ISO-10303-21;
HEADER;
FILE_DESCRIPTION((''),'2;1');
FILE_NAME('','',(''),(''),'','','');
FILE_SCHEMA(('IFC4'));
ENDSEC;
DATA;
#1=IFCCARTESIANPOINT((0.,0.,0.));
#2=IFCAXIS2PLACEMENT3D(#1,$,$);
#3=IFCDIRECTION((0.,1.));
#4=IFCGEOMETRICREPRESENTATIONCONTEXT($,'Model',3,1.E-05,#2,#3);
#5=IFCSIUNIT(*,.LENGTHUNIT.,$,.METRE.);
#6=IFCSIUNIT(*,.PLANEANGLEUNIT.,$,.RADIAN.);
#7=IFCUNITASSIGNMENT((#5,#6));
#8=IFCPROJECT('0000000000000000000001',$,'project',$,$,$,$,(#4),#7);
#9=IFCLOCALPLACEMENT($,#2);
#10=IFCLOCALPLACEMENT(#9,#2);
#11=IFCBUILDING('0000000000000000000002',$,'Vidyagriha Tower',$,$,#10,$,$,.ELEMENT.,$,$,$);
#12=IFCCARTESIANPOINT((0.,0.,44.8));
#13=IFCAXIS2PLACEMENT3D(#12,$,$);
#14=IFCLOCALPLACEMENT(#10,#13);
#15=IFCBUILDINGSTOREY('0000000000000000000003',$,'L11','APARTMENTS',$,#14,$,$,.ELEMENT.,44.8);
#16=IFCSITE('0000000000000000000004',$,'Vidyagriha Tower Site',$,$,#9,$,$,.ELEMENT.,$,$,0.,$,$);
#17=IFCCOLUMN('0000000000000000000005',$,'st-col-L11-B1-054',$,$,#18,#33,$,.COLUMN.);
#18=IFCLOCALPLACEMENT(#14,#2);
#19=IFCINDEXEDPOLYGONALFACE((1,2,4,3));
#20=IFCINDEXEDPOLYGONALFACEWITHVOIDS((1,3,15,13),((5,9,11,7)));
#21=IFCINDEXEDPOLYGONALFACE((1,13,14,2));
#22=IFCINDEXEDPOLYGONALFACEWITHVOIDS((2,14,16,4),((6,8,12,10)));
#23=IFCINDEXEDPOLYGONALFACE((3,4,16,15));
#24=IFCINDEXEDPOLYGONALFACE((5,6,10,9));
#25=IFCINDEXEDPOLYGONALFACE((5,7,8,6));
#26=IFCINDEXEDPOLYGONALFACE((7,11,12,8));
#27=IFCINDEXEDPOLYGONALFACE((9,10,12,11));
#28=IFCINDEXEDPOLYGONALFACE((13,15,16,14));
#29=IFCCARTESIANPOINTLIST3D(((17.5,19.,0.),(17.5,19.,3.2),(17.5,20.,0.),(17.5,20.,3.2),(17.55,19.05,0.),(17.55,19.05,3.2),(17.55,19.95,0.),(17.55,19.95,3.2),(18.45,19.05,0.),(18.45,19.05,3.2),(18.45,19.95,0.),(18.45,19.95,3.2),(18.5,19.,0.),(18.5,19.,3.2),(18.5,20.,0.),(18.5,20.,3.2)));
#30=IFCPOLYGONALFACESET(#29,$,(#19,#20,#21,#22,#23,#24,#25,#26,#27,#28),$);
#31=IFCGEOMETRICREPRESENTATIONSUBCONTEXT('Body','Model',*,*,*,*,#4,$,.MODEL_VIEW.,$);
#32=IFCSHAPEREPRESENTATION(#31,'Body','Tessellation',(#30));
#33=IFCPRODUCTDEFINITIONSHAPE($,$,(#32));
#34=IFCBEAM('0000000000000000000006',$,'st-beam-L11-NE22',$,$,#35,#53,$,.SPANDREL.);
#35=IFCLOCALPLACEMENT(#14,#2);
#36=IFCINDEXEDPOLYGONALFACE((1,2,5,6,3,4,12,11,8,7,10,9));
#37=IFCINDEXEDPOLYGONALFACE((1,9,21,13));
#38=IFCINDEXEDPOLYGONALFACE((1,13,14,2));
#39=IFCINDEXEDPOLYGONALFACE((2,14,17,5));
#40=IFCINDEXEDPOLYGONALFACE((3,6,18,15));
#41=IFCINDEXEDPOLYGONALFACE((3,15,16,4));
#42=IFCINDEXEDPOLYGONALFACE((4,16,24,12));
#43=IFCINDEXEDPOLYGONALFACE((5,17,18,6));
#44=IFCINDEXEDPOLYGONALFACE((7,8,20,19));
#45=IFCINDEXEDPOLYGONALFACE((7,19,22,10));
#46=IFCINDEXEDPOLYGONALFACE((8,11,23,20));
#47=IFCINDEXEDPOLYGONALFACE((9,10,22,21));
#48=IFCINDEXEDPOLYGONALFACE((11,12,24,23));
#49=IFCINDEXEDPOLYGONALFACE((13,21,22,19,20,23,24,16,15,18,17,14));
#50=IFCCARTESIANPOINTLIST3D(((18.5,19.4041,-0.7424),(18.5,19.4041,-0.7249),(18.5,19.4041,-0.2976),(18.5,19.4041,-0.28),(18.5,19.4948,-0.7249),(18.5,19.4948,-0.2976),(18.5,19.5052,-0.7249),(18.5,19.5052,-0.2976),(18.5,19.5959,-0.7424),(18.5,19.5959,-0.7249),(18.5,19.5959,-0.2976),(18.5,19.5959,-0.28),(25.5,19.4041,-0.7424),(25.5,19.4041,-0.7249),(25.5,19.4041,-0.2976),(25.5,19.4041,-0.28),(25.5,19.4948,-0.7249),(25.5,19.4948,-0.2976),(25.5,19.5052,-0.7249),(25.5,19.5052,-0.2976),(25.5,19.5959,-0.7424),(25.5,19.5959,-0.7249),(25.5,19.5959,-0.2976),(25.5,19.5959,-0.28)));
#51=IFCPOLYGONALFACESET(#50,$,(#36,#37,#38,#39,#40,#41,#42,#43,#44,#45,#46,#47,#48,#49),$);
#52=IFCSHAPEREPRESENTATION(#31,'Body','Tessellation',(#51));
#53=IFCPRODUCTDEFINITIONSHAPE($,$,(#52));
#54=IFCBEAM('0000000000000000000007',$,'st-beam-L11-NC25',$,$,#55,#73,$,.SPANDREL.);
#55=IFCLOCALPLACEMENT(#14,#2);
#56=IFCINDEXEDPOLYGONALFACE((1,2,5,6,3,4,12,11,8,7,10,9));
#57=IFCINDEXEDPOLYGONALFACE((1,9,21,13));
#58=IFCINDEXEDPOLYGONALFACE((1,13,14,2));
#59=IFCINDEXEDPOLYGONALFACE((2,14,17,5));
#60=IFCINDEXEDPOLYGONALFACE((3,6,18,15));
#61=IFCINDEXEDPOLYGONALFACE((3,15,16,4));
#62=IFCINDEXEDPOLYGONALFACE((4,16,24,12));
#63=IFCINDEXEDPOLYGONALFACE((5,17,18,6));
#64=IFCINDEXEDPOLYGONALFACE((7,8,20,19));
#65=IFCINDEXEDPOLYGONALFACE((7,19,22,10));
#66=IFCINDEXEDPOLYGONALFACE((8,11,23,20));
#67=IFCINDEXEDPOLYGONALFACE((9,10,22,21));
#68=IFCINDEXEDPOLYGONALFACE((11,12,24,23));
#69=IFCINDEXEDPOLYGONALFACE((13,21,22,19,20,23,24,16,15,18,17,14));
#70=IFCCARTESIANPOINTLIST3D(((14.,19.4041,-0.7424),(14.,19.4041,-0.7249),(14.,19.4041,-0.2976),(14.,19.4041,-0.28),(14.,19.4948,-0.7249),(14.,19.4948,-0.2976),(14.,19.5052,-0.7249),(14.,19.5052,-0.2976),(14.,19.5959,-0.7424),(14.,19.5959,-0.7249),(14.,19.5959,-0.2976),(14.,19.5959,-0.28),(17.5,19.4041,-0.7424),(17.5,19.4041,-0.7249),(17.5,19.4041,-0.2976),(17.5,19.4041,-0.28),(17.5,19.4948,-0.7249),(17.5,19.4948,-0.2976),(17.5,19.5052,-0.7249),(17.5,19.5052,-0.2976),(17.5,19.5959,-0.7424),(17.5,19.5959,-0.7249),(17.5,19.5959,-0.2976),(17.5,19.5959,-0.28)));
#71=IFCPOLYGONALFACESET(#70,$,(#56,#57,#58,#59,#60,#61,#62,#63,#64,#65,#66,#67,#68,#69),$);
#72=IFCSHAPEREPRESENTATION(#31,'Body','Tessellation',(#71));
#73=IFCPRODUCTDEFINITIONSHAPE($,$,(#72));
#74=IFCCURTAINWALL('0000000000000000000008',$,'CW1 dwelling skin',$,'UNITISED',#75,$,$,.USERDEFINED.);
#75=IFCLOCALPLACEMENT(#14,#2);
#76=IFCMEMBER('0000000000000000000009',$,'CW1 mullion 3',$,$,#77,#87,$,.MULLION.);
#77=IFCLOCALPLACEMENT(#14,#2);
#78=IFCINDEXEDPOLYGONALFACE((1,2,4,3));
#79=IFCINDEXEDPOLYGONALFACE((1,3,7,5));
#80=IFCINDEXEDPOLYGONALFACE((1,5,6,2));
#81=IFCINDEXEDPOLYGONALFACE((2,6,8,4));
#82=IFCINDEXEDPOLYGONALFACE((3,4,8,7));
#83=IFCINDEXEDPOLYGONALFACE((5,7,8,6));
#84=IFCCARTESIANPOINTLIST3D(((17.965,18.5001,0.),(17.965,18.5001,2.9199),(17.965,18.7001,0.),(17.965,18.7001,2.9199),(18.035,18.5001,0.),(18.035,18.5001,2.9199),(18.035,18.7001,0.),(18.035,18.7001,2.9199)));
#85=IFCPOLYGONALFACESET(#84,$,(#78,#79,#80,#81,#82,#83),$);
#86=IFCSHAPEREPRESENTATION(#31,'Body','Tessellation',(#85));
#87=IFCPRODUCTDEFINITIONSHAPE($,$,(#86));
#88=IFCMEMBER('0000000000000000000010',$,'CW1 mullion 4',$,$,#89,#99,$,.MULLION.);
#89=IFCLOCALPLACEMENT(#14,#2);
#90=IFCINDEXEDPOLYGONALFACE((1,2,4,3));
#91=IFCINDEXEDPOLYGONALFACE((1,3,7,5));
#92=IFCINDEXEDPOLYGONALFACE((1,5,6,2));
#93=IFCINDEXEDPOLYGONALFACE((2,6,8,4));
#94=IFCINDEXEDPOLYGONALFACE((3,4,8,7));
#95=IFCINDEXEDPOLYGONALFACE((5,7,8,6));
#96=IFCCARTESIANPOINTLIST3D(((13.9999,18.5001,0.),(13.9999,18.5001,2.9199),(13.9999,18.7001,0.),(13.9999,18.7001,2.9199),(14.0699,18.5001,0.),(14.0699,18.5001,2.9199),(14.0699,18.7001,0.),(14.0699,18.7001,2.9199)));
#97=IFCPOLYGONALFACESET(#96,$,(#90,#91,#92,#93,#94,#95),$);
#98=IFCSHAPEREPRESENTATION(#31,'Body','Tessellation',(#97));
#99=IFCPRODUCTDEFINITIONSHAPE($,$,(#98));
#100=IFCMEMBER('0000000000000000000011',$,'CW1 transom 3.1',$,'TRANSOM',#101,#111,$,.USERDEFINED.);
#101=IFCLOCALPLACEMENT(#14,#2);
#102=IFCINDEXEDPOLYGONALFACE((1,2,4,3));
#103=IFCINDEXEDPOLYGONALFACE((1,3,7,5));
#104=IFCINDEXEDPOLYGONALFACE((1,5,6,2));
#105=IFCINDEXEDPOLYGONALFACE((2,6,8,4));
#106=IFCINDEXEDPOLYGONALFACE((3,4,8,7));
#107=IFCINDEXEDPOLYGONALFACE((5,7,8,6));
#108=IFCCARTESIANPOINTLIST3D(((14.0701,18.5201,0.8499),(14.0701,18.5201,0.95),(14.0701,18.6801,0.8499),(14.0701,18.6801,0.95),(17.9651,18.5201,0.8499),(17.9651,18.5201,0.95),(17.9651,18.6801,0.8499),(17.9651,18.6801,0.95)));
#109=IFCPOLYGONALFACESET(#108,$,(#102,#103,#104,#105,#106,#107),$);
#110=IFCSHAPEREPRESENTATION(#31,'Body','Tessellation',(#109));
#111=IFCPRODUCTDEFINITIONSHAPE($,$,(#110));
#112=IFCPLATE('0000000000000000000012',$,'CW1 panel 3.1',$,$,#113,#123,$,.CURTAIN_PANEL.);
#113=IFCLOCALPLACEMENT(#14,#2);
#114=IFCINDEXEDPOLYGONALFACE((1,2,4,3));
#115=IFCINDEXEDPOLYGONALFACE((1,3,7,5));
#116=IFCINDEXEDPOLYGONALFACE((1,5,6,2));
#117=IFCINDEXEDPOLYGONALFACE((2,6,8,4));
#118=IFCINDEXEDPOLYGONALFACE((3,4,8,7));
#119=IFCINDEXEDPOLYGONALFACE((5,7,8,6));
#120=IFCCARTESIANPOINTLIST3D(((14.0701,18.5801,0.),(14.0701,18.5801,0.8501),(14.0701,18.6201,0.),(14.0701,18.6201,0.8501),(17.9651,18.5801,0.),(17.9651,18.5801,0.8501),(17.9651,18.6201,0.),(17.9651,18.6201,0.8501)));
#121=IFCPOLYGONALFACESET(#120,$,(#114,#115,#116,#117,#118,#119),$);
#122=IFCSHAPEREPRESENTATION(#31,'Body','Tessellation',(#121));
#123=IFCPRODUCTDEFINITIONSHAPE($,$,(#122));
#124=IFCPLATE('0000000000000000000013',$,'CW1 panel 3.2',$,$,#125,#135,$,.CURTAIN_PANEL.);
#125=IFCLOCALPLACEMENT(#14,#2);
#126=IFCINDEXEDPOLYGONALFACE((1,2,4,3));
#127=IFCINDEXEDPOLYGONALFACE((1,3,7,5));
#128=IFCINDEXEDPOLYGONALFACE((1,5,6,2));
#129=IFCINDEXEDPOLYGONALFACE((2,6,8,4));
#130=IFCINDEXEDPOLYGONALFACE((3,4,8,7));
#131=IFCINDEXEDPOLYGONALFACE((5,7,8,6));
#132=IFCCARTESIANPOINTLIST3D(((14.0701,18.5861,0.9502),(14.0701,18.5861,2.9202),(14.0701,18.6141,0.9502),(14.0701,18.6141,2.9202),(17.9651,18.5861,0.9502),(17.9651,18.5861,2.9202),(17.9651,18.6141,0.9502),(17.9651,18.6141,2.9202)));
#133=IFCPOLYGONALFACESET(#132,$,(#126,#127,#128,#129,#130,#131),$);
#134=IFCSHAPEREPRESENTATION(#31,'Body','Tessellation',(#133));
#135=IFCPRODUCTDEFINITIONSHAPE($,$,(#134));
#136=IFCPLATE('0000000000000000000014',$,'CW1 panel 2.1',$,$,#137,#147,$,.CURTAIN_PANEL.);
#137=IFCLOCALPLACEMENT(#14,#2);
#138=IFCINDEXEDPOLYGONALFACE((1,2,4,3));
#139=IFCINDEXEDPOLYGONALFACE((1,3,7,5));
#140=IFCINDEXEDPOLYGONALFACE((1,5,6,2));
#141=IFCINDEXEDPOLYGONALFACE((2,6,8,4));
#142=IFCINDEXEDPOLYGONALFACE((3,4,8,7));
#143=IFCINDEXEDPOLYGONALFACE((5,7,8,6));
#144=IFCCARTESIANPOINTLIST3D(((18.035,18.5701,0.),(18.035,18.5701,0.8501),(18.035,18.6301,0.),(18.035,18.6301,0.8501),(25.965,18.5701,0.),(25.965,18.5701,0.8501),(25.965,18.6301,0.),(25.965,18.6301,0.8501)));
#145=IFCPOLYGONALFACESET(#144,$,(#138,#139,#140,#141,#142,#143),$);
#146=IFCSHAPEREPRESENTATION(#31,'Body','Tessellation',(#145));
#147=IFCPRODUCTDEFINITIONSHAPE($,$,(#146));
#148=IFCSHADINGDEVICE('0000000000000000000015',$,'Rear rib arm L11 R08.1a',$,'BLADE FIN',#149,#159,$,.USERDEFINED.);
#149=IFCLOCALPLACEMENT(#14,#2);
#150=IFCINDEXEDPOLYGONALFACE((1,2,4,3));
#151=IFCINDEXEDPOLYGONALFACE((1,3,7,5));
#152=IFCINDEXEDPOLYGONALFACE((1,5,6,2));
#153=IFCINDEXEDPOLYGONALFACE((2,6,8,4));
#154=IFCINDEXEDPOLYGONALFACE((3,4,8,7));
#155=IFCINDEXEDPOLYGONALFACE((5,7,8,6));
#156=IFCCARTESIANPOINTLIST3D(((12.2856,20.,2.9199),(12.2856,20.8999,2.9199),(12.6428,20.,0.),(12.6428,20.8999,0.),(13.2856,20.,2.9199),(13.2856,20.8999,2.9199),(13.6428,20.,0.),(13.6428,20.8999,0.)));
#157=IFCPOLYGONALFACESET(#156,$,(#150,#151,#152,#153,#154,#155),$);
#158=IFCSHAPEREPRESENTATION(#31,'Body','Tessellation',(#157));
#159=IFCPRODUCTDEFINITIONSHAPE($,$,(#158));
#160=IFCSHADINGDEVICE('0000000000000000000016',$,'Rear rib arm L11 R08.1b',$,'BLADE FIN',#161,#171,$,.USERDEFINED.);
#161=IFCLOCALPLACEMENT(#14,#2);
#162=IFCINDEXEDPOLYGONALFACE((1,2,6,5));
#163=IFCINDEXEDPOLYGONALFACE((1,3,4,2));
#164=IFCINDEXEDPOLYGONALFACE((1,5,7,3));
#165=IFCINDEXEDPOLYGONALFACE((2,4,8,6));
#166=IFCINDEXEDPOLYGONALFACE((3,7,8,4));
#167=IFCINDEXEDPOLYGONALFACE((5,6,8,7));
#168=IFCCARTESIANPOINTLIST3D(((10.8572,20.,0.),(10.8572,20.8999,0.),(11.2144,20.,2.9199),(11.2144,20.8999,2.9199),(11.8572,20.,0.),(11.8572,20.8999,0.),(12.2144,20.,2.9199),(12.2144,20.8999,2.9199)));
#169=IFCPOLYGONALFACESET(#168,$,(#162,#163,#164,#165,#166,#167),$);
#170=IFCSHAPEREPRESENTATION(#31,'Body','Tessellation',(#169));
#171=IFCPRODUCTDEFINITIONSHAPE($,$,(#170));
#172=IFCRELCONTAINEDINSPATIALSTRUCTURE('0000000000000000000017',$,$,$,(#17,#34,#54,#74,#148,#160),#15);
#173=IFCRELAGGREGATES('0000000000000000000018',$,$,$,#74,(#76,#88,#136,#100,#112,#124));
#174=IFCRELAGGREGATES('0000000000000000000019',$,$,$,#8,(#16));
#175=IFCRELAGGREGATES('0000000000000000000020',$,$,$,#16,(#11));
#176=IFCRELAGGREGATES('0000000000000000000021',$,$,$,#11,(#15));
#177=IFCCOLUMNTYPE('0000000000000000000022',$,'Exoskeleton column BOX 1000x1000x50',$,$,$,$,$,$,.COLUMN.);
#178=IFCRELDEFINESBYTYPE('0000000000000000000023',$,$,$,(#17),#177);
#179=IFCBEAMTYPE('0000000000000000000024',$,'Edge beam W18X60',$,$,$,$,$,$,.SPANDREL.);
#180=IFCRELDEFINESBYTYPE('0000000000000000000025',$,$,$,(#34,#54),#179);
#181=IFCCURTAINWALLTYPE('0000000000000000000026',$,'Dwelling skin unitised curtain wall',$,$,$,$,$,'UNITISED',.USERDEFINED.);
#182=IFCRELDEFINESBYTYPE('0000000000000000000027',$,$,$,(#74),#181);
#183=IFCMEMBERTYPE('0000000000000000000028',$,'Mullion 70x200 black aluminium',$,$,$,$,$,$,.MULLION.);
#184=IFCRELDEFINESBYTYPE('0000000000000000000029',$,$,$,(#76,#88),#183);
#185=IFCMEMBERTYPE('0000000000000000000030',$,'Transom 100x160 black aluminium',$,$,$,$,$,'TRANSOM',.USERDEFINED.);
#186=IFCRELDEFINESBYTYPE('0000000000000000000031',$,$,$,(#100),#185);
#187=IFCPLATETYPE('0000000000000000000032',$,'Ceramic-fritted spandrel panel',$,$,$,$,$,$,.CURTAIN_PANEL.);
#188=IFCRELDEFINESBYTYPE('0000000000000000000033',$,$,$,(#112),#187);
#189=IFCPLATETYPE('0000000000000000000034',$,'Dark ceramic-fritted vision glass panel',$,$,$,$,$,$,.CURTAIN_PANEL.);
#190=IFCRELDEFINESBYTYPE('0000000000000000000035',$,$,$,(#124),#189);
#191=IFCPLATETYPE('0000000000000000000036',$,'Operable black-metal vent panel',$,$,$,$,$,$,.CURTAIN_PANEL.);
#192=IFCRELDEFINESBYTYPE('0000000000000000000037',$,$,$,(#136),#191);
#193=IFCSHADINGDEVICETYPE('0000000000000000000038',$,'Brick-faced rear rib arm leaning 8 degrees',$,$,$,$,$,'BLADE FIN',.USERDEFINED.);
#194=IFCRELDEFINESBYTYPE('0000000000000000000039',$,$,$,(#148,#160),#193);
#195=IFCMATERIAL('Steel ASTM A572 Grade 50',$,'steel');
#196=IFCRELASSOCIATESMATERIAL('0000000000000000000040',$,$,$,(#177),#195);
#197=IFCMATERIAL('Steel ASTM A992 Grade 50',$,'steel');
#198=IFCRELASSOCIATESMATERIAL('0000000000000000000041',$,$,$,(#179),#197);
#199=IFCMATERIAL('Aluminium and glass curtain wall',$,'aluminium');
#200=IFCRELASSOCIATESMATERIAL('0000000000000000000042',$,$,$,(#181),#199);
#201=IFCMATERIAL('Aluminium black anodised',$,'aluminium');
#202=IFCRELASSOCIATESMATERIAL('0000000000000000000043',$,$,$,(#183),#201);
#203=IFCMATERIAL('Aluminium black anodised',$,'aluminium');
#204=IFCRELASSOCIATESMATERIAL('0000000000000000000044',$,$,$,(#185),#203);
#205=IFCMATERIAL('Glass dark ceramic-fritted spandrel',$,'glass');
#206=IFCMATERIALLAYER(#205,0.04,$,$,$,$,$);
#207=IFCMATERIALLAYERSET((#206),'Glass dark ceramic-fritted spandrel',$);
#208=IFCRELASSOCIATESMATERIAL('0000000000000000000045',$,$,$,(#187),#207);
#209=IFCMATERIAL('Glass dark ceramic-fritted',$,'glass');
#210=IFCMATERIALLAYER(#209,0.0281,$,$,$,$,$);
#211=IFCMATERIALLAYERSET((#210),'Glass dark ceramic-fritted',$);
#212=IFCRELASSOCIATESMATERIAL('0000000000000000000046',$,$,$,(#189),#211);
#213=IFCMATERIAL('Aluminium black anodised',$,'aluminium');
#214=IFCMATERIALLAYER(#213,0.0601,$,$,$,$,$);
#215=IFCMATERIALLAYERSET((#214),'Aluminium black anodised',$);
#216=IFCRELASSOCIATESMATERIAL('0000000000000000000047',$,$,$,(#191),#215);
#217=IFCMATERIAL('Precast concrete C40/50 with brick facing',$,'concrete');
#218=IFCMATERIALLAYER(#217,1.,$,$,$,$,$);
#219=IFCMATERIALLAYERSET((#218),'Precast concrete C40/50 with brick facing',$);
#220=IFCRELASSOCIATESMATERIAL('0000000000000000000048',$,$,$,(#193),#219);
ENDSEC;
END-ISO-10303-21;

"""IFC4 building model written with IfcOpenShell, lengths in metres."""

from ifc_helpers import new_model, si_unit, direction, frame, origin, origin_2d, place, context, subcontext, project, spatial, polyline, rectangle, hollow_rectangle, i_section, outline, extrude, material, layer, layer_set, material_profile, profile_set, type_object, element, aggregate, save


model = new_model("IFC4")

# Units and contexts
model_context = context("Model", 3, precision=1e-05, world=origin(), true_north=direction((0.0, 1.0)))
body_context = subcontext(model_context, "Body", "Model", "MODEL_VIEW")
ifc_project = project(units=[si_unit("LENGTHUNIT", "METRE"), si_unit("PLANEANGLEUNIT", "RADIAN")], contexts=[model_context])

# Site, building, storey
site_placement = place(None, origin())
site = spatial("IfcSite", under=ifc_project, at=site_placement, Name="Vidyagriha Tower Site", CompositionType="ELEMENT", RefElevation=0.0)
building_placement = place(site_placement, origin())
building = spatial("IfcBuilding", under=site, at=building_placement, Name="Vidyagriha Tower", CompositionType="ELEMENT")
storey_placement = place(building_placement, frame((0.0, 0.0, 44.8)))
storey = spatial("IfcBuildingStorey", under=building, at=storey_placement, Name="L11", Description="APARTMENTS", CompositionType="ELEMENT", Elevation=44.8)

# Column
ifc_material_1 = material(Name="Steel ASTM A572 Grade 50", Category="steel")
ifc_material_profile_1 = material_profile(ifc_material_1, hollow_rectangle(XDim=1.0, YDim=1.0, WallThickness=0.05, at=origin_2d()), Name="BOX 1000x1000x50")
ifc_profile_set_1 = profile_set([ifc_material_profile_1], Name="Steel ASTM A572 Grade 50")
column_type = type_object("IfcColumnType", Name="Exoskeleton column BOX 1000x1000x50", PredefinedType="COLUMN", material=ifc_profile_set_1)
column_placement = place(storey_placement, frame((18.0, 19.5, 0.0)))
element("IfcColumn", 1, at=column_placement, inside=storey, type_object=column_type, Name="st-col-L11-B1-054", PredefinedType="COLUMN", context=body_context, shape_type="SweptSolid", body=[
    extrude(hollow_rectangle(XDim=1.0, YDim=1.0, WallThickness=0.05, at=origin_2d()), origin(), (0.0, 0.0, 1.0), 3.2),
])

# Beams
ifc_material_2 = material(Name="Steel ASTM A992 Grade 50", Category="steel")
ifc_material_profile_2 = material_profile(ifc_material_2, i_section(OverallWidth=0.1919, OverallDepth=0.4624, WebThickness=0.0105, FlangeThickness=0.0176, at=origin_2d()), Name="W18X60")
ifc_profile_set_2 = profile_set([ifc_material_profile_2], Name="Steel ASTM A992 Grade 50")
beam_type = type_object("IfcBeamType", Name="Edge beam W18X60", PredefinedType="SPANDREL", material=ifc_profile_set_2)
beam_1_placement = place(storey_placement, frame((18.5, 19.5, -0.5112), z_axis=(1.0, 0.0, 0.0), x_axis=(0.0, 1.0, 0.0)))
element("IfcBeam", 2, at=beam_1_placement, inside=storey, type_object=beam_type, Name="st-beam-L11-NE22", PredefinedType="SPANDREL", context=body_context, shape_type="SweptSolid", body=[
    extrude(i_section(OverallWidth=0.1919, OverallDepth=0.4624, WebThickness=0.0105, FlangeThickness=0.0176, at=origin_2d()), origin(), (0.0, 0.0, 1.0), 7.0),
])
beam_2_placement = place(storey_placement, frame((14.0, 19.5, -0.5112), z_axis=(1.0, 0.0, 0.0), x_axis=(0.0, 1.0, 0.0)))
element("IfcBeam", 3, at=beam_2_placement, inside=storey, type_object=beam_type, Name="st-beam-L11-NC25", PredefinedType="SPANDREL", context=body_context, shape_type="SweptSolid", body=[
    extrude(i_section(OverallWidth=0.1919, OverallDepth=0.4624, WebThickness=0.0105, FlangeThickness=0.0176, at=origin_2d()), origin(), (0.0, 0.0, 1.0), 3.5),
])

# Curtain wall, members, plates
ifc_material_3 = material(Name="Aluminium and glass curtain wall", Category="aluminium")
curtain_wall_type = type_object("IfcCurtainWallType", Name="Dwelling skin unitised curtain wall", ElementType="UNITISED", PredefinedType="USERDEFINED", material=ifc_material_3)
curtain_wall_placement = place(storey_placement, origin())
curtain_wall = element("IfcCurtainWall", 4, at=curtain_wall_placement, inside=storey, type_object=curtain_wall_type, Name="CW1 dwelling skin", ObjectType="UNITISED", PredefinedType="USERDEFINED")
ifc_material_4 = material(Name="Aluminium black anodised", Category="aluminium")
ifc_material_profile_3 = material_profile(ifc_material_4, rectangle(XDim=0.2, YDim=0.0701, at=origin_2d()), Name="Mullion 70x200 black aluminium")
ifc_profile_set_3 = profile_set([ifc_material_profile_3], Name="Aluminium black anodised")
member_type_1 = type_object("IfcMemberType", Name="Mullion 70x200 black aluminium", PredefinedType="MULLION", material=ifc_profile_set_3)
member_1_placement = place(storey_placement, frame((18.0, 18.6001, 0.0), z_axis=(0.0, 0.0, 1.0), x_axis=(0.0, -1.0, 0.0)))
member_1 = element("IfcMember", 5, at=member_1_placement, type_object=member_type_1, Name="CW1 mullion 3", PredefinedType="MULLION", context=body_context, shape_type="SweptSolid", body=[
    extrude(rectangle(XDim=0.2, YDim=0.0701, at=origin_2d()), origin(), (0.0, 0.0, 1.0), 2.9199),
])
member_2_placement = place(storey_placement, frame((14.0349, 18.6001, 0.0), z_axis=(0.0, 0.0, 1.0), x_axis=(0.0, -1.0, 0.0)))
member_2 = element("IfcMember", 6, at=member_2_placement, type_object=member_type_1, Name="CW1 mullion 4", PredefinedType="MULLION", context=body_context, shape_type="SweptSolid", body=[
    extrude(rectangle(XDim=0.2, YDim=0.0701, at=origin_2d()), origin(), (0.0, 0.0, 1.0), 2.9199),
])
ifc_material_5 = material(Name="Aluminium black anodised", Category="aluminium")
ifc_material_profile_4 = material_profile(ifc_material_5, rectangle(XDim=0.1599, YDim=0.1001, at=origin_2d()), Name="Transom 100x160 black aluminium")
ifc_profile_set_4 = profile_set([ifc_material_profile_4], Name="Aluminium black anodised")
member_type_2 = type_object("IfcMemberType", Name="Transom 100x160 black aluminium", ElementType="TRANSOM", PredefinedType="USERDEFINED", material=ifc_profile_set_4)
member_3_placement = place(storey_placement, frame((17.9651, 18.6001, 0.8999), z_axis=(-1.0, 0.0, 0.0), x_axis=(0.0, -1.0, 0.0)))
member_3 = element("IfcMember", 7, at=member_3_placement, type_object=member_type_2, Name="CW1 transom 3.1", ObjectType="TRANSOM", PredefinedType="USERDEFINED", context=body_context, shape_type="SweptSolid", body=[
    extrude(rectangle(XDim=0.1599, YDim=0.1001, at=origin_2d()), origin(), (0.0, 0.0, 1.0), 3.895),
])
ifc_material_6 = material(Name="Glass dark ceramic-fritted spandrel", Category="glass")
ifc_layer_1 = layer(ifc_material_6, 0.04)
ifc_layer_set_1 = layer_set([ifc_layer_1], Name="Glass dark ceramic-fritted spandrel")
plate_type_1 = type_object("IfcPlateType", Name="Ceramic-fritted spandrel panel", PredefinedType="CURTAIN_PANEL", material=ifc_layer_set_1)
plate_1_placement = place(storey_placement, frame((16.0176, 18.6001, 0.0), z_axis=(0.0, 0.0, 1.0), x_axis=(-1.0, 0.0, 0.0)))
plate_1 = element("IfcPlate", 8, at=plate_1_placement, type_object=plate_type_1, Name="CW1 panel 3.1", PredefinedType="CURTAIN_PANEL", context=body_context, shape_type="SweptSolid", body=[
    extrude(rectangle(XDim=3.895, YDim=0.04, at=origin_2d()), origin(), (0.0, 0.0, 1.0), 0.8501),
])
ifc_material_7 = material(Name="Glass dark ceramic-fritted", Category="glass")
ifc_layer_2 = layer(ifc_material_7, 0.0281)
ifc_layer_set_2 = layer_set([ifc_layer_2], Name="Glass dark ceramic-fritted")
plate_type_2 = type_object("IfcPlateType", Name="Dark ceramic-fritted vision glass panel", PredefinedType="CURTAIN_PANEL", material=ifc_layer_set_2)
plate_2_placement = place(storey_placement, frame((16.0176, 18.6001, 0.9502), z_axis=(0.0, 0.0, 1.0), x_axis=(-1.0, 0.0, 0.0)))
plate_2 = element("IfcPlate", 9, at=plate_2_placement, type_object=plate_type_2, Name="CW1 panel 3.2", PredefinedType="CURTAIN_PANEL", context=body_context, shape_type="SweptSolid", body=[
    extrude(rectangle(XDim=3.895, YDim=0.0281, at=origin_2d()), origin(), (0.0, 0.0, 1.0), 1.97),
])
ifc_material_8 = material(Name="Aluminium black anodised", Category="aluminium")
ifc_layer_3 = layer(ifc_material_8, 0.0601)
ifc_layer_set_3 = layer_set([ifc_layer_3], Name="Aluminium black anodised")
plate_type_3 = type_object("IfcPlateType", Name="Operable black-metal vent panel", PredefinedType="CURTAIN_PANEL", material=ifc_layer_set_3)
plate_3_placement = place(storey_placement, frame((22.0, 18.6001, 0.0), z_axis=(0.0, 0.0, 1.0), x_axis=(-1.0, 0.0, 0.0)))
plate_3 = element("IfcPlate", 10, at=plate_3_placement, type_object=plate_type_3, Name="CW1 panel 2.1", PredefinedType="CURTAIN_PANEL", context=body_context, shape_type="SweptSolid", body=[
    extrude(rectangle(XDim=7.9299, YDim=0.0601, at=origin_2d()), origin(), (0.0, 0.0, 1.0), 0.8501),
])
aggregate(curtain_wall, [member_1, member_2, plate_3, member_3, plate_1, plate_2])

# Shading devices
ifc_material_9 = material(Name="Precast concrete C40/50 with brick facing", Category="concrete")
ifc_layer_4 = layer(ifc_material_9, 1.0)
ifc_layer_set_4 = layer_set([ifc_layer_4], Name="Precast concrete C40/50 with brick facing")
shading_device_type_1 = type_object("IfcShadingDeviceType", Name="Brick-faced rear rib arm leaning 8 degrees", ElementType="BLADE FIN", PredefinedType="USERDEFINED", material=ifc_layer_set_4)
shading_device_1_placement = place(storey_placement, frame((13.6428, 20.45, 0.0), z_axis=(0.0, 0.0, 1.0), x_axis=(-1.0, 0.0, 0.0)))
element("IfcShadingDevice", 11, at=shading_device_1_placement, inside=storey, type_object=shading_device_type_1, Name="Rear rib arm L11 R08.1a", ObjectType="BLADE FIN", PredefinedType="USERDEFINED", context=body_context, shape_type="SweptSolid", body=[
    extrude(outline(polyline([(0.0, 0.0), (1.0, 0.0), (1.3572, 2.9199), (0.3572, 2.9199), (0.0, 0.0)])), frame((0.0, 0.45, 0.0), z_axis=(0.0, -1.0, 0.0), x_axis=(1.0, 0.0, 0.0)), (0.0, 0.0, 1.0), 0.8999),
])
shading_device_2_placement = place(storey_placement, frame((12.2144, 20.45, 0.0), z_axis=(0.0, 0.0, 1.0), x_axis=(-1.0, 0.0, 0.0)))
element("IfcShadingDevice", 12, at=shading_device_2_placement, inside=storey, type_object=shading_device_type_1, Name="Rear rib arm L11 R08.1b", ObjectType="BLADE FIN", PredefinedType="USERDEFINED", context=body_context, shape_type="SweptSolid", body=[
    extrude(outline(polyline([(0.3572, 0.0), (1.3572, 0.0), (1.0, 2.9199), (0.0, 2.9199), (0.3572, 0.0)])), frame((0.0, 0.45, 0.0), z_axis=(0.0, -1.0, 0.0), x_axis=(1.0, 0.0, 0.0)), (0.0, 0.0, 1.0), 0.8999),
])

save(model, "model.ifc")
